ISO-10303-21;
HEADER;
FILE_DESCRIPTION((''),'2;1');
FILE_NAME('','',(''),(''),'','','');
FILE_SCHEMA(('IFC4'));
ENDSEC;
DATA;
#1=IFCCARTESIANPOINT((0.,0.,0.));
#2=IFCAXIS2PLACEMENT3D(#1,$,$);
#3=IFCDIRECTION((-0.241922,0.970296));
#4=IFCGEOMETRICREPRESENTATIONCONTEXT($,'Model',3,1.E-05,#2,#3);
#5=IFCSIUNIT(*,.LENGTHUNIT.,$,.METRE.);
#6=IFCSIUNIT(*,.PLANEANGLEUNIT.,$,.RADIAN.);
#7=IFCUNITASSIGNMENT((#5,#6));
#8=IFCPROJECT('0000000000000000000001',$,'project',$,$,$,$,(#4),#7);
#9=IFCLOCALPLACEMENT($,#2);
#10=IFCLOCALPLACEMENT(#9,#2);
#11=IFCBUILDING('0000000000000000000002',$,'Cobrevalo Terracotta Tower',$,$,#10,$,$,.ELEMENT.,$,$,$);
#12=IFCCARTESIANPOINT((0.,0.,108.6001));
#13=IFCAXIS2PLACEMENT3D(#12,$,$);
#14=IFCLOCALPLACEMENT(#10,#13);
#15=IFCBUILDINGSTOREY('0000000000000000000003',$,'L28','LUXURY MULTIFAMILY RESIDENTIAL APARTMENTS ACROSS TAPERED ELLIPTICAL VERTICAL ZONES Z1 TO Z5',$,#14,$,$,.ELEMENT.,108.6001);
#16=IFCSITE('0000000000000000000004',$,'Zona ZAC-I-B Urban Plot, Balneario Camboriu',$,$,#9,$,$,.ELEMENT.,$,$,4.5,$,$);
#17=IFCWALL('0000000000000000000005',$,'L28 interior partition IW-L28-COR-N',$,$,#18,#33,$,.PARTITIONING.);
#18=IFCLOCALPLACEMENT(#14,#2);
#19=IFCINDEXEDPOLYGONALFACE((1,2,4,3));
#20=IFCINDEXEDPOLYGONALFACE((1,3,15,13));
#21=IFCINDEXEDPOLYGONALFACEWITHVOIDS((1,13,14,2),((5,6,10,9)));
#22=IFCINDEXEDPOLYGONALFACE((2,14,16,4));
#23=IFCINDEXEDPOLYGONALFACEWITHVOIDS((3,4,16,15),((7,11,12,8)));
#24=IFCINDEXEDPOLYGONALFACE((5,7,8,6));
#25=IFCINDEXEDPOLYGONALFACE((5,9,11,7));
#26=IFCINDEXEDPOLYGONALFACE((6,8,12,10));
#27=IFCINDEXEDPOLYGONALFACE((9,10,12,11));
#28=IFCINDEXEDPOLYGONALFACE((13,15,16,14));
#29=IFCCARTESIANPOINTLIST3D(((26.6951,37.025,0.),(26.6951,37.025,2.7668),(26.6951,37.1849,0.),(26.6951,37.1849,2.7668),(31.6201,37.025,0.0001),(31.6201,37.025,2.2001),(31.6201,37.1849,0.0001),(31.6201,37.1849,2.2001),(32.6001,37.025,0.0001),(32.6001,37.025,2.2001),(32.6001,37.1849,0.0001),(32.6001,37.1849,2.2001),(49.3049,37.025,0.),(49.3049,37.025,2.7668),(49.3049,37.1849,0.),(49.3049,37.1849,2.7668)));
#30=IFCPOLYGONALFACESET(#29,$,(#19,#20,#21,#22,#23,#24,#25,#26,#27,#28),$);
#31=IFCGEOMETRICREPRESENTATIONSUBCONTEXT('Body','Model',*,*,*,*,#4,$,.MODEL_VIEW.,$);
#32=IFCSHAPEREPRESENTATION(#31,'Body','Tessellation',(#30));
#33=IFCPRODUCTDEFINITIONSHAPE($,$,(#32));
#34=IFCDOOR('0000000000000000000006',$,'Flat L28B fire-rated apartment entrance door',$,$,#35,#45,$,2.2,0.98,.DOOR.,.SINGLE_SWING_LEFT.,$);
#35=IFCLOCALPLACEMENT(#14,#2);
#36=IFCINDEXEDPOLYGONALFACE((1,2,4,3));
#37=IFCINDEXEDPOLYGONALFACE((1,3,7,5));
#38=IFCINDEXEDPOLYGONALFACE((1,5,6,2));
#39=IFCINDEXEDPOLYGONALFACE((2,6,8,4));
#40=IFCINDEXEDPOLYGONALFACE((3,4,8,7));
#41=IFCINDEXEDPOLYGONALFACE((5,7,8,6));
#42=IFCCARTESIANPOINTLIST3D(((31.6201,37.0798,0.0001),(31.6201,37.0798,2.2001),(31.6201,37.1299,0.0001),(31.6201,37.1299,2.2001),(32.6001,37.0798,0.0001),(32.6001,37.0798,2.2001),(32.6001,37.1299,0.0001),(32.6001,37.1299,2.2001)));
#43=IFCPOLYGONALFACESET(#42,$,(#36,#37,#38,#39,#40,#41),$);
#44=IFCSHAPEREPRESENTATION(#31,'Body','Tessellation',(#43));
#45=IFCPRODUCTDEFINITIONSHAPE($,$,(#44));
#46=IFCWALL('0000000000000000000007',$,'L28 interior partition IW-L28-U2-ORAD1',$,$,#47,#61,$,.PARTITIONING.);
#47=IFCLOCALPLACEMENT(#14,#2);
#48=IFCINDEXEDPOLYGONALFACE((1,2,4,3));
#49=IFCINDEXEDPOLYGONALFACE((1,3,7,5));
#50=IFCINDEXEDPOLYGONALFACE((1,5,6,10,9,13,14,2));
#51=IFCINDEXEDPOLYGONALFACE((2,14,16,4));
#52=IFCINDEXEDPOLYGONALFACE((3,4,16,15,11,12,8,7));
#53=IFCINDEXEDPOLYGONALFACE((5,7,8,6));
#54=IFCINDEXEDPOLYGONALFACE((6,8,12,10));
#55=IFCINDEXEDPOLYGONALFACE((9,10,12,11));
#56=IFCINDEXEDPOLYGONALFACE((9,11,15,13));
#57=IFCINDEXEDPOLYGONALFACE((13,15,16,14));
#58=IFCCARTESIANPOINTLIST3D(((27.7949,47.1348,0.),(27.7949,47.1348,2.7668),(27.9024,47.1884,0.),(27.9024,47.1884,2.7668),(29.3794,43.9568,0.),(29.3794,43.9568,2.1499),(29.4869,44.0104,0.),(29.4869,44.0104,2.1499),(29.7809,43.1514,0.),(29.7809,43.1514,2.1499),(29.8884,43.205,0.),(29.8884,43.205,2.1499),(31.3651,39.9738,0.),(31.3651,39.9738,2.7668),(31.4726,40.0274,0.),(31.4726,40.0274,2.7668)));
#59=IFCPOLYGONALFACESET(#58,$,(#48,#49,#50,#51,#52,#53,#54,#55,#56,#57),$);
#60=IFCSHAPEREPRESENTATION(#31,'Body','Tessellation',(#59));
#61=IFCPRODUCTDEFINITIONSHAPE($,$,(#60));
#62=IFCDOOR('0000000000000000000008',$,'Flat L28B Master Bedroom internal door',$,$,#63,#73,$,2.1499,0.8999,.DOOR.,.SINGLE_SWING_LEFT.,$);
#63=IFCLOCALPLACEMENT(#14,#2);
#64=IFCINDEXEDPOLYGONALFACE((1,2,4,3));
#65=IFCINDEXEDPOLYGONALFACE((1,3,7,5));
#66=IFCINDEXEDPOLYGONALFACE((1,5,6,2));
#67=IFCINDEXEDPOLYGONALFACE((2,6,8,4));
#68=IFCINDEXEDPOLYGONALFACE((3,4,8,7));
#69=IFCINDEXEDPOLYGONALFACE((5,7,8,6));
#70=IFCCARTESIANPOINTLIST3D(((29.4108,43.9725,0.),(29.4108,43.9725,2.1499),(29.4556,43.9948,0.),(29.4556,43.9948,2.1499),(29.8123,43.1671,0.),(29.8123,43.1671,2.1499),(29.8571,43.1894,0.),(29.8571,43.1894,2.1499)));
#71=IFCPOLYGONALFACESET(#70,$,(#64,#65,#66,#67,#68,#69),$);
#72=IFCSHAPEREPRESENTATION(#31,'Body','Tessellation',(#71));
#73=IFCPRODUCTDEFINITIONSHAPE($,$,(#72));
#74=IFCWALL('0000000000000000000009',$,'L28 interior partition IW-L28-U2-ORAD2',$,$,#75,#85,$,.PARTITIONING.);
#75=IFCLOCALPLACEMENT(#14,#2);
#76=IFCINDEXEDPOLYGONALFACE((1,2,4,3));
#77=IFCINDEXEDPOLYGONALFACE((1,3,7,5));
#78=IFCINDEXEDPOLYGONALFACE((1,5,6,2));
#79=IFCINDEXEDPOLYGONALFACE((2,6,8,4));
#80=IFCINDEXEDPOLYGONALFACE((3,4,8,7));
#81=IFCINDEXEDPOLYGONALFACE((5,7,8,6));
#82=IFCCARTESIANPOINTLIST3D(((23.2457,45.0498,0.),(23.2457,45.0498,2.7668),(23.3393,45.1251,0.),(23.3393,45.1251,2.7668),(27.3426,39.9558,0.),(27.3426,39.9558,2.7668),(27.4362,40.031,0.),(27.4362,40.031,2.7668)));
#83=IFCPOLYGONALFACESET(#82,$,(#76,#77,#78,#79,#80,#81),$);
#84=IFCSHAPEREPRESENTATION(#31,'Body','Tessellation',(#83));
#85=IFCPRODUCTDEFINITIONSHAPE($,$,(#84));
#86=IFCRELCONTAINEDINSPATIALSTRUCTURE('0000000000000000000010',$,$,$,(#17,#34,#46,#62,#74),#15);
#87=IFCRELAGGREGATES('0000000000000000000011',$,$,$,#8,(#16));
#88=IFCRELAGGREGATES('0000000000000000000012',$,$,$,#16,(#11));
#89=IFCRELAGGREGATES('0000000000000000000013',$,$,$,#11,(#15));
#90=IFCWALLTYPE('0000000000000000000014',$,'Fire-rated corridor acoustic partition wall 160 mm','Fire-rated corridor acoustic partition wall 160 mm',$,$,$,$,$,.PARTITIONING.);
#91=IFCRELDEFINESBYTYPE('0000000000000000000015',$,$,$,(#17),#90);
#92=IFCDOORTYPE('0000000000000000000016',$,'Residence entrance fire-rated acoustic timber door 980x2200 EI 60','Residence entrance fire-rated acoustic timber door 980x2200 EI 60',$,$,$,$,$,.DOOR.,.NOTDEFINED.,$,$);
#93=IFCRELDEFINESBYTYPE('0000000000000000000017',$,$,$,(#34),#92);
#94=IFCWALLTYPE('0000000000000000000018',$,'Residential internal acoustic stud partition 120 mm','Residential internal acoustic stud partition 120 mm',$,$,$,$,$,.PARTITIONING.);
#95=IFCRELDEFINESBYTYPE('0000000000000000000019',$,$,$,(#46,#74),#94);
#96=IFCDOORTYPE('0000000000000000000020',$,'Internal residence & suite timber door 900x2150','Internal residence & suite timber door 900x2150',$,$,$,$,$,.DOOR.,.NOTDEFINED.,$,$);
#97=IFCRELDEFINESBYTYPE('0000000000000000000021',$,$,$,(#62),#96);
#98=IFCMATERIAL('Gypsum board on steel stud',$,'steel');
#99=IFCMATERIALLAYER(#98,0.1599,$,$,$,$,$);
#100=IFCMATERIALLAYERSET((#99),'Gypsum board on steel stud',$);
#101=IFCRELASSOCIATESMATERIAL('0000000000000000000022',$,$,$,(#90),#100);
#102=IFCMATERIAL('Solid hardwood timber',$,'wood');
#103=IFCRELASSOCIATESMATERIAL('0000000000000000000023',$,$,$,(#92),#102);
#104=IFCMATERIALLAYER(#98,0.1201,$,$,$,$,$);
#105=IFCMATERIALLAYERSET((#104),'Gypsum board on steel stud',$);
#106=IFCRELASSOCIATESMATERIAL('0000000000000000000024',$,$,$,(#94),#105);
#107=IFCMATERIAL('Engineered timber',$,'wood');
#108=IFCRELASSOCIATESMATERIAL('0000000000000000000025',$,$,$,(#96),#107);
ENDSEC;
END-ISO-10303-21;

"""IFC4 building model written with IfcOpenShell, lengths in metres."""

from ifc_helpers import new_model, si_unit, direction, frame, frame_2d, origin, place, context, subcontext, project, spatial, rectangle, extrude, source, transform, mapped, material, layer, layer_set, type_object, element, fill, save


model = new_model("IFC4")

# Units and contexts
model_context = context("Model", 3, precision=1e-05, world=origin(), true_north=direction((-0.241922, 0.970296)))
body_context = subcontext(model_context, "Body", "Model", "MODEL_VIEW")
ifc_project = project(units=[si_unit("LENGTHUNIT", "METRE"), si_unit("PLANEANGLEUNIT", "RADIAN")], contexts=[model_context])

# Site, building, storey
site_placement = place(None, origin())
site = spatial("IfcSite", under=ifc_project, at=site_placement, Name="Zona ZAC-I-B Urban Plot, Balneario Camboriu", CompositionType="ELEMENT", RefElevation=4.5)
building_placement = place(site_placement, origin())
building = spatial("IfcBuilding", under=site, at=building_placement, Name="Cobrevalo Terracotta Tower", CompositionType="ELEMENT")
storey_placement = place(building_placement, frame((0.0, 0.0, 108.6001)))
storey = spatial("IfcBuildingStorey", under=building, at=storey_placement, Name="L28", Description="LUXURY MULTIFAMILY RESIDENTIAL APARTMENTS ACROSS TAPERED ELLIPTICAL VERTICAL ZONES Z1 TO Z5", CompositionType="ELEMENT", Elevation=108.6001)

# Walls, openings, doors
ifc_material_1 = material(Name="Gypsum board on steel stud", Category="steel")
ifc_layer_1 = layer(ifc_material_1, 0.1599)
ifc_layer_set_1 = layer_set([ifc_layer_1], Name="Gypsum board on steel stud")
wall_type_1 = type_object("IfcWallType", Name="Fire-rated corridor acoustic partition wall 160 mm", Description="Fire-rated corridor acoustic partition wall 160 mm", PredefinedType="PARTITIONING", material=ifc_layer_set_1)
wall_1_placement = place(storey_placement, frame((26.6951, 37.105, 0.0), z_axis=(0.0, 0.0, 1.0), x_axis=(1.0, 0.0, 0.0)))
wall_1 = element("IfcWall", 1, at=wall_1_placement, inside=storey, type_object=wall_type_1, Name="L28 interior partition IW-L28-COR-N", PredefinedType="PARTITIONING", context=body_context, shape_type="SweptSolid", body=[
    extrude(rectangle(XDim=22.6099, YDim=0.1599, at=frame_2d((11.3049, 0.0))), origin(), (0.0, 0.0, 1.0), 2.7668),
])
opening_1_placement = place(wall_1_placement, frame((4.925, 0.0, 0.0)))
opening_1 = element("IfcOpeningElement", 2, at=opening_1_placement, cuts=wall_1, PredefinedType="OPENING", context=body_context, shape_type="SweptSolid", body=[
    extrude(rectangle(XDim=0.98, YDim=2.2, at=frame_2d((0.49, 1.1001))), frame((0.0, 0.0898, 0.0), z_axis=(0.0, -1.0, 0.0), x_axis=(1.0, 0.0, 0.0)), (0.0, 0.0, 1.0), 0.1799),
])
ifc_material_2 = material(Name="Solid hardwood timber", Category="wood")
door_type_1 = type_object("IfcDoorType", Name="Residence entrance fire-rated acoustic timber door 980x2200 EI 60", Description="Residence entrance fire-rated acoustic timber door 980x2200 EI 60", OperationType="NOTDEFINED", PredefinedType="DOOR", material=ifc_material_2)
shared_shape_1 = source(origin(), body_context, "Body", "SweptSolid", [
    extrude(rectangle(XDim=0.98, YDim=2.2, at=frame_2d((0.49, 1.1001))), frame((0.0, 0.0249, 0.0), z_axis=(0.0, -1.0, 0.0), x_axis=(1.0, 0.0, 0.0)), (0.0, 0.0, 1.0), 0.05),
])
door_1_placement = place(opening_1_placement, origin())
door_1 = element("IfcDoor", 3, at=door_1_placement, inside=storey, type_object=door_type_1, Name="Flat L28B fire-rated apartment entrance door", OperationType="SINGLE_SWING_LEFT", OverallHeight=2.2, OverallWidth=0.98, PredefinedType="DOOR", context=body_context, shape_type="MappedRepresentation", body=[
    mapped(shared_shape_1, transform((0.0, 0.0, 0.0), scale=1.0)),
])
fill(opening_1, door_1)
ifc_layer_2 = layer(ifc_material_1, 0.1201)
ifc_layer_set_2 = layer_set([ifc_layer_2], Name="Gypsum board on steel stud")
wall_type_2 = type_object("IfcWallType", Name="Residential internal acoustic stud partition 120 mm", Description="Residential internal acoustic stud partition 120 mm", PredefinedType="PARTITIONING", material=ifc_layer_set_2)
wall_2_placement = place(storey_placement, frame((31.4189, 40.0005, 0.0), z_axis=(0.0, 0.0, 1.0), x_axis=(-0.446188, 0.894939, 0.0)))
wall_2 = element("IfcWall", 4, at=wall_2_placement, inside=storey, type_object=wall_type_2, Name="L28 interior partition IW-L28-U2-ORAD1", PredefinedType="PARTITIONING", context=body_context, shape_type="SweptSolid", body=[
    extrude(rectangle(XDim=8.0017, YDim=0.1201, at=frame_2d((4.001, 0.0))), origin(), (0.0, 0.0, 1.0), 2.7668),
])
opening_2_placement = place(wall_2_placement, frame((3.5508, 0.0, 0.0)))
opening_2 = element("IfcOpeningElement", 5, at=opening_2_placement, cuts=wall_2, PredefinedType="OPENING", context=body_context, shape_type="SweptSolid", body=[
    extrude(rectangle(XDim=0.8999, YDim=2.1499, at=frame_2d((0.45, 1.075))), frame((0.0, 0.0701, 0.0), z_axis=(0.0, -1.0, 0.0), x_axis=(1.0, 0.0, 0.0)), (0.0, 0.0, 1.0), 0.1401),
])
ifc_material_3 = material(Name="Engineered timber", Category="wood")
door_type_2 = type_object("IfcDoorType", Name="Internal residence & suite timber door 900x2150", Description="Internal residence & suite timber door 900x2150", OperationType="NOTDEFINED", PredefinedType="DOOR", material=ifc_material_3)
shared_shape_2 = source(origin(), body_context, "Body", "SweptSolid", [
    extrude(rectangle(XDim=0.8999, YDim=2.1499, at=frame_2d((0.45, 1.075))), frame((0.0, 0.0249, 0.0), z_axis=(0.0, -1.0, 0.0), x_axis=(1.0, 0.0, 0.0)), (0.0, 0.0, 1.0), 0.05),
])
door_2_placement = place(opening_2_placement, origin())
door_2 = element("IfcDoor", 6, at=door_2_placement, inside=storey, type_object=door_type_2, Name="Flat L28B Master Bedroom internal door", OperationType="SINGLE_SWING_LEFT", OverallHeight=2.1499, OverallWidth=0.8999, PredefinedType="DOOR", context=body_context, shape_type="MappedRepresentation", body=[
    mapped(shared_shape_2, transform((0.0, 0.0, 0.0), scale=1.0)),
])
fill(opening_2, door_2)

# Wall
wall_3_placement = place(storey_placement, frame((27.3894, 39.9934, 0.0), z_axis=(0.0, 0.0, 1.0), x_axis=(-0.62672, 0.779245, 0.0)))
element("IfcWall", 7, at=wall_3_placement, inside=storey, type_object=wall_type_2, Name="L28 interior partition IW-L28-U2-ORAD2", PredefinedType="PARTITIONING", context=body_context, shape_type="SweptSolid", body=[
    extrude(rectangle(XDim=6.5371, YDim=0.1201, at=frame_2d((3.2686, 0.0))), origin(), (0.0, 0.0, 1.0), 2.7668),
])

save(model, "model.ifc")
